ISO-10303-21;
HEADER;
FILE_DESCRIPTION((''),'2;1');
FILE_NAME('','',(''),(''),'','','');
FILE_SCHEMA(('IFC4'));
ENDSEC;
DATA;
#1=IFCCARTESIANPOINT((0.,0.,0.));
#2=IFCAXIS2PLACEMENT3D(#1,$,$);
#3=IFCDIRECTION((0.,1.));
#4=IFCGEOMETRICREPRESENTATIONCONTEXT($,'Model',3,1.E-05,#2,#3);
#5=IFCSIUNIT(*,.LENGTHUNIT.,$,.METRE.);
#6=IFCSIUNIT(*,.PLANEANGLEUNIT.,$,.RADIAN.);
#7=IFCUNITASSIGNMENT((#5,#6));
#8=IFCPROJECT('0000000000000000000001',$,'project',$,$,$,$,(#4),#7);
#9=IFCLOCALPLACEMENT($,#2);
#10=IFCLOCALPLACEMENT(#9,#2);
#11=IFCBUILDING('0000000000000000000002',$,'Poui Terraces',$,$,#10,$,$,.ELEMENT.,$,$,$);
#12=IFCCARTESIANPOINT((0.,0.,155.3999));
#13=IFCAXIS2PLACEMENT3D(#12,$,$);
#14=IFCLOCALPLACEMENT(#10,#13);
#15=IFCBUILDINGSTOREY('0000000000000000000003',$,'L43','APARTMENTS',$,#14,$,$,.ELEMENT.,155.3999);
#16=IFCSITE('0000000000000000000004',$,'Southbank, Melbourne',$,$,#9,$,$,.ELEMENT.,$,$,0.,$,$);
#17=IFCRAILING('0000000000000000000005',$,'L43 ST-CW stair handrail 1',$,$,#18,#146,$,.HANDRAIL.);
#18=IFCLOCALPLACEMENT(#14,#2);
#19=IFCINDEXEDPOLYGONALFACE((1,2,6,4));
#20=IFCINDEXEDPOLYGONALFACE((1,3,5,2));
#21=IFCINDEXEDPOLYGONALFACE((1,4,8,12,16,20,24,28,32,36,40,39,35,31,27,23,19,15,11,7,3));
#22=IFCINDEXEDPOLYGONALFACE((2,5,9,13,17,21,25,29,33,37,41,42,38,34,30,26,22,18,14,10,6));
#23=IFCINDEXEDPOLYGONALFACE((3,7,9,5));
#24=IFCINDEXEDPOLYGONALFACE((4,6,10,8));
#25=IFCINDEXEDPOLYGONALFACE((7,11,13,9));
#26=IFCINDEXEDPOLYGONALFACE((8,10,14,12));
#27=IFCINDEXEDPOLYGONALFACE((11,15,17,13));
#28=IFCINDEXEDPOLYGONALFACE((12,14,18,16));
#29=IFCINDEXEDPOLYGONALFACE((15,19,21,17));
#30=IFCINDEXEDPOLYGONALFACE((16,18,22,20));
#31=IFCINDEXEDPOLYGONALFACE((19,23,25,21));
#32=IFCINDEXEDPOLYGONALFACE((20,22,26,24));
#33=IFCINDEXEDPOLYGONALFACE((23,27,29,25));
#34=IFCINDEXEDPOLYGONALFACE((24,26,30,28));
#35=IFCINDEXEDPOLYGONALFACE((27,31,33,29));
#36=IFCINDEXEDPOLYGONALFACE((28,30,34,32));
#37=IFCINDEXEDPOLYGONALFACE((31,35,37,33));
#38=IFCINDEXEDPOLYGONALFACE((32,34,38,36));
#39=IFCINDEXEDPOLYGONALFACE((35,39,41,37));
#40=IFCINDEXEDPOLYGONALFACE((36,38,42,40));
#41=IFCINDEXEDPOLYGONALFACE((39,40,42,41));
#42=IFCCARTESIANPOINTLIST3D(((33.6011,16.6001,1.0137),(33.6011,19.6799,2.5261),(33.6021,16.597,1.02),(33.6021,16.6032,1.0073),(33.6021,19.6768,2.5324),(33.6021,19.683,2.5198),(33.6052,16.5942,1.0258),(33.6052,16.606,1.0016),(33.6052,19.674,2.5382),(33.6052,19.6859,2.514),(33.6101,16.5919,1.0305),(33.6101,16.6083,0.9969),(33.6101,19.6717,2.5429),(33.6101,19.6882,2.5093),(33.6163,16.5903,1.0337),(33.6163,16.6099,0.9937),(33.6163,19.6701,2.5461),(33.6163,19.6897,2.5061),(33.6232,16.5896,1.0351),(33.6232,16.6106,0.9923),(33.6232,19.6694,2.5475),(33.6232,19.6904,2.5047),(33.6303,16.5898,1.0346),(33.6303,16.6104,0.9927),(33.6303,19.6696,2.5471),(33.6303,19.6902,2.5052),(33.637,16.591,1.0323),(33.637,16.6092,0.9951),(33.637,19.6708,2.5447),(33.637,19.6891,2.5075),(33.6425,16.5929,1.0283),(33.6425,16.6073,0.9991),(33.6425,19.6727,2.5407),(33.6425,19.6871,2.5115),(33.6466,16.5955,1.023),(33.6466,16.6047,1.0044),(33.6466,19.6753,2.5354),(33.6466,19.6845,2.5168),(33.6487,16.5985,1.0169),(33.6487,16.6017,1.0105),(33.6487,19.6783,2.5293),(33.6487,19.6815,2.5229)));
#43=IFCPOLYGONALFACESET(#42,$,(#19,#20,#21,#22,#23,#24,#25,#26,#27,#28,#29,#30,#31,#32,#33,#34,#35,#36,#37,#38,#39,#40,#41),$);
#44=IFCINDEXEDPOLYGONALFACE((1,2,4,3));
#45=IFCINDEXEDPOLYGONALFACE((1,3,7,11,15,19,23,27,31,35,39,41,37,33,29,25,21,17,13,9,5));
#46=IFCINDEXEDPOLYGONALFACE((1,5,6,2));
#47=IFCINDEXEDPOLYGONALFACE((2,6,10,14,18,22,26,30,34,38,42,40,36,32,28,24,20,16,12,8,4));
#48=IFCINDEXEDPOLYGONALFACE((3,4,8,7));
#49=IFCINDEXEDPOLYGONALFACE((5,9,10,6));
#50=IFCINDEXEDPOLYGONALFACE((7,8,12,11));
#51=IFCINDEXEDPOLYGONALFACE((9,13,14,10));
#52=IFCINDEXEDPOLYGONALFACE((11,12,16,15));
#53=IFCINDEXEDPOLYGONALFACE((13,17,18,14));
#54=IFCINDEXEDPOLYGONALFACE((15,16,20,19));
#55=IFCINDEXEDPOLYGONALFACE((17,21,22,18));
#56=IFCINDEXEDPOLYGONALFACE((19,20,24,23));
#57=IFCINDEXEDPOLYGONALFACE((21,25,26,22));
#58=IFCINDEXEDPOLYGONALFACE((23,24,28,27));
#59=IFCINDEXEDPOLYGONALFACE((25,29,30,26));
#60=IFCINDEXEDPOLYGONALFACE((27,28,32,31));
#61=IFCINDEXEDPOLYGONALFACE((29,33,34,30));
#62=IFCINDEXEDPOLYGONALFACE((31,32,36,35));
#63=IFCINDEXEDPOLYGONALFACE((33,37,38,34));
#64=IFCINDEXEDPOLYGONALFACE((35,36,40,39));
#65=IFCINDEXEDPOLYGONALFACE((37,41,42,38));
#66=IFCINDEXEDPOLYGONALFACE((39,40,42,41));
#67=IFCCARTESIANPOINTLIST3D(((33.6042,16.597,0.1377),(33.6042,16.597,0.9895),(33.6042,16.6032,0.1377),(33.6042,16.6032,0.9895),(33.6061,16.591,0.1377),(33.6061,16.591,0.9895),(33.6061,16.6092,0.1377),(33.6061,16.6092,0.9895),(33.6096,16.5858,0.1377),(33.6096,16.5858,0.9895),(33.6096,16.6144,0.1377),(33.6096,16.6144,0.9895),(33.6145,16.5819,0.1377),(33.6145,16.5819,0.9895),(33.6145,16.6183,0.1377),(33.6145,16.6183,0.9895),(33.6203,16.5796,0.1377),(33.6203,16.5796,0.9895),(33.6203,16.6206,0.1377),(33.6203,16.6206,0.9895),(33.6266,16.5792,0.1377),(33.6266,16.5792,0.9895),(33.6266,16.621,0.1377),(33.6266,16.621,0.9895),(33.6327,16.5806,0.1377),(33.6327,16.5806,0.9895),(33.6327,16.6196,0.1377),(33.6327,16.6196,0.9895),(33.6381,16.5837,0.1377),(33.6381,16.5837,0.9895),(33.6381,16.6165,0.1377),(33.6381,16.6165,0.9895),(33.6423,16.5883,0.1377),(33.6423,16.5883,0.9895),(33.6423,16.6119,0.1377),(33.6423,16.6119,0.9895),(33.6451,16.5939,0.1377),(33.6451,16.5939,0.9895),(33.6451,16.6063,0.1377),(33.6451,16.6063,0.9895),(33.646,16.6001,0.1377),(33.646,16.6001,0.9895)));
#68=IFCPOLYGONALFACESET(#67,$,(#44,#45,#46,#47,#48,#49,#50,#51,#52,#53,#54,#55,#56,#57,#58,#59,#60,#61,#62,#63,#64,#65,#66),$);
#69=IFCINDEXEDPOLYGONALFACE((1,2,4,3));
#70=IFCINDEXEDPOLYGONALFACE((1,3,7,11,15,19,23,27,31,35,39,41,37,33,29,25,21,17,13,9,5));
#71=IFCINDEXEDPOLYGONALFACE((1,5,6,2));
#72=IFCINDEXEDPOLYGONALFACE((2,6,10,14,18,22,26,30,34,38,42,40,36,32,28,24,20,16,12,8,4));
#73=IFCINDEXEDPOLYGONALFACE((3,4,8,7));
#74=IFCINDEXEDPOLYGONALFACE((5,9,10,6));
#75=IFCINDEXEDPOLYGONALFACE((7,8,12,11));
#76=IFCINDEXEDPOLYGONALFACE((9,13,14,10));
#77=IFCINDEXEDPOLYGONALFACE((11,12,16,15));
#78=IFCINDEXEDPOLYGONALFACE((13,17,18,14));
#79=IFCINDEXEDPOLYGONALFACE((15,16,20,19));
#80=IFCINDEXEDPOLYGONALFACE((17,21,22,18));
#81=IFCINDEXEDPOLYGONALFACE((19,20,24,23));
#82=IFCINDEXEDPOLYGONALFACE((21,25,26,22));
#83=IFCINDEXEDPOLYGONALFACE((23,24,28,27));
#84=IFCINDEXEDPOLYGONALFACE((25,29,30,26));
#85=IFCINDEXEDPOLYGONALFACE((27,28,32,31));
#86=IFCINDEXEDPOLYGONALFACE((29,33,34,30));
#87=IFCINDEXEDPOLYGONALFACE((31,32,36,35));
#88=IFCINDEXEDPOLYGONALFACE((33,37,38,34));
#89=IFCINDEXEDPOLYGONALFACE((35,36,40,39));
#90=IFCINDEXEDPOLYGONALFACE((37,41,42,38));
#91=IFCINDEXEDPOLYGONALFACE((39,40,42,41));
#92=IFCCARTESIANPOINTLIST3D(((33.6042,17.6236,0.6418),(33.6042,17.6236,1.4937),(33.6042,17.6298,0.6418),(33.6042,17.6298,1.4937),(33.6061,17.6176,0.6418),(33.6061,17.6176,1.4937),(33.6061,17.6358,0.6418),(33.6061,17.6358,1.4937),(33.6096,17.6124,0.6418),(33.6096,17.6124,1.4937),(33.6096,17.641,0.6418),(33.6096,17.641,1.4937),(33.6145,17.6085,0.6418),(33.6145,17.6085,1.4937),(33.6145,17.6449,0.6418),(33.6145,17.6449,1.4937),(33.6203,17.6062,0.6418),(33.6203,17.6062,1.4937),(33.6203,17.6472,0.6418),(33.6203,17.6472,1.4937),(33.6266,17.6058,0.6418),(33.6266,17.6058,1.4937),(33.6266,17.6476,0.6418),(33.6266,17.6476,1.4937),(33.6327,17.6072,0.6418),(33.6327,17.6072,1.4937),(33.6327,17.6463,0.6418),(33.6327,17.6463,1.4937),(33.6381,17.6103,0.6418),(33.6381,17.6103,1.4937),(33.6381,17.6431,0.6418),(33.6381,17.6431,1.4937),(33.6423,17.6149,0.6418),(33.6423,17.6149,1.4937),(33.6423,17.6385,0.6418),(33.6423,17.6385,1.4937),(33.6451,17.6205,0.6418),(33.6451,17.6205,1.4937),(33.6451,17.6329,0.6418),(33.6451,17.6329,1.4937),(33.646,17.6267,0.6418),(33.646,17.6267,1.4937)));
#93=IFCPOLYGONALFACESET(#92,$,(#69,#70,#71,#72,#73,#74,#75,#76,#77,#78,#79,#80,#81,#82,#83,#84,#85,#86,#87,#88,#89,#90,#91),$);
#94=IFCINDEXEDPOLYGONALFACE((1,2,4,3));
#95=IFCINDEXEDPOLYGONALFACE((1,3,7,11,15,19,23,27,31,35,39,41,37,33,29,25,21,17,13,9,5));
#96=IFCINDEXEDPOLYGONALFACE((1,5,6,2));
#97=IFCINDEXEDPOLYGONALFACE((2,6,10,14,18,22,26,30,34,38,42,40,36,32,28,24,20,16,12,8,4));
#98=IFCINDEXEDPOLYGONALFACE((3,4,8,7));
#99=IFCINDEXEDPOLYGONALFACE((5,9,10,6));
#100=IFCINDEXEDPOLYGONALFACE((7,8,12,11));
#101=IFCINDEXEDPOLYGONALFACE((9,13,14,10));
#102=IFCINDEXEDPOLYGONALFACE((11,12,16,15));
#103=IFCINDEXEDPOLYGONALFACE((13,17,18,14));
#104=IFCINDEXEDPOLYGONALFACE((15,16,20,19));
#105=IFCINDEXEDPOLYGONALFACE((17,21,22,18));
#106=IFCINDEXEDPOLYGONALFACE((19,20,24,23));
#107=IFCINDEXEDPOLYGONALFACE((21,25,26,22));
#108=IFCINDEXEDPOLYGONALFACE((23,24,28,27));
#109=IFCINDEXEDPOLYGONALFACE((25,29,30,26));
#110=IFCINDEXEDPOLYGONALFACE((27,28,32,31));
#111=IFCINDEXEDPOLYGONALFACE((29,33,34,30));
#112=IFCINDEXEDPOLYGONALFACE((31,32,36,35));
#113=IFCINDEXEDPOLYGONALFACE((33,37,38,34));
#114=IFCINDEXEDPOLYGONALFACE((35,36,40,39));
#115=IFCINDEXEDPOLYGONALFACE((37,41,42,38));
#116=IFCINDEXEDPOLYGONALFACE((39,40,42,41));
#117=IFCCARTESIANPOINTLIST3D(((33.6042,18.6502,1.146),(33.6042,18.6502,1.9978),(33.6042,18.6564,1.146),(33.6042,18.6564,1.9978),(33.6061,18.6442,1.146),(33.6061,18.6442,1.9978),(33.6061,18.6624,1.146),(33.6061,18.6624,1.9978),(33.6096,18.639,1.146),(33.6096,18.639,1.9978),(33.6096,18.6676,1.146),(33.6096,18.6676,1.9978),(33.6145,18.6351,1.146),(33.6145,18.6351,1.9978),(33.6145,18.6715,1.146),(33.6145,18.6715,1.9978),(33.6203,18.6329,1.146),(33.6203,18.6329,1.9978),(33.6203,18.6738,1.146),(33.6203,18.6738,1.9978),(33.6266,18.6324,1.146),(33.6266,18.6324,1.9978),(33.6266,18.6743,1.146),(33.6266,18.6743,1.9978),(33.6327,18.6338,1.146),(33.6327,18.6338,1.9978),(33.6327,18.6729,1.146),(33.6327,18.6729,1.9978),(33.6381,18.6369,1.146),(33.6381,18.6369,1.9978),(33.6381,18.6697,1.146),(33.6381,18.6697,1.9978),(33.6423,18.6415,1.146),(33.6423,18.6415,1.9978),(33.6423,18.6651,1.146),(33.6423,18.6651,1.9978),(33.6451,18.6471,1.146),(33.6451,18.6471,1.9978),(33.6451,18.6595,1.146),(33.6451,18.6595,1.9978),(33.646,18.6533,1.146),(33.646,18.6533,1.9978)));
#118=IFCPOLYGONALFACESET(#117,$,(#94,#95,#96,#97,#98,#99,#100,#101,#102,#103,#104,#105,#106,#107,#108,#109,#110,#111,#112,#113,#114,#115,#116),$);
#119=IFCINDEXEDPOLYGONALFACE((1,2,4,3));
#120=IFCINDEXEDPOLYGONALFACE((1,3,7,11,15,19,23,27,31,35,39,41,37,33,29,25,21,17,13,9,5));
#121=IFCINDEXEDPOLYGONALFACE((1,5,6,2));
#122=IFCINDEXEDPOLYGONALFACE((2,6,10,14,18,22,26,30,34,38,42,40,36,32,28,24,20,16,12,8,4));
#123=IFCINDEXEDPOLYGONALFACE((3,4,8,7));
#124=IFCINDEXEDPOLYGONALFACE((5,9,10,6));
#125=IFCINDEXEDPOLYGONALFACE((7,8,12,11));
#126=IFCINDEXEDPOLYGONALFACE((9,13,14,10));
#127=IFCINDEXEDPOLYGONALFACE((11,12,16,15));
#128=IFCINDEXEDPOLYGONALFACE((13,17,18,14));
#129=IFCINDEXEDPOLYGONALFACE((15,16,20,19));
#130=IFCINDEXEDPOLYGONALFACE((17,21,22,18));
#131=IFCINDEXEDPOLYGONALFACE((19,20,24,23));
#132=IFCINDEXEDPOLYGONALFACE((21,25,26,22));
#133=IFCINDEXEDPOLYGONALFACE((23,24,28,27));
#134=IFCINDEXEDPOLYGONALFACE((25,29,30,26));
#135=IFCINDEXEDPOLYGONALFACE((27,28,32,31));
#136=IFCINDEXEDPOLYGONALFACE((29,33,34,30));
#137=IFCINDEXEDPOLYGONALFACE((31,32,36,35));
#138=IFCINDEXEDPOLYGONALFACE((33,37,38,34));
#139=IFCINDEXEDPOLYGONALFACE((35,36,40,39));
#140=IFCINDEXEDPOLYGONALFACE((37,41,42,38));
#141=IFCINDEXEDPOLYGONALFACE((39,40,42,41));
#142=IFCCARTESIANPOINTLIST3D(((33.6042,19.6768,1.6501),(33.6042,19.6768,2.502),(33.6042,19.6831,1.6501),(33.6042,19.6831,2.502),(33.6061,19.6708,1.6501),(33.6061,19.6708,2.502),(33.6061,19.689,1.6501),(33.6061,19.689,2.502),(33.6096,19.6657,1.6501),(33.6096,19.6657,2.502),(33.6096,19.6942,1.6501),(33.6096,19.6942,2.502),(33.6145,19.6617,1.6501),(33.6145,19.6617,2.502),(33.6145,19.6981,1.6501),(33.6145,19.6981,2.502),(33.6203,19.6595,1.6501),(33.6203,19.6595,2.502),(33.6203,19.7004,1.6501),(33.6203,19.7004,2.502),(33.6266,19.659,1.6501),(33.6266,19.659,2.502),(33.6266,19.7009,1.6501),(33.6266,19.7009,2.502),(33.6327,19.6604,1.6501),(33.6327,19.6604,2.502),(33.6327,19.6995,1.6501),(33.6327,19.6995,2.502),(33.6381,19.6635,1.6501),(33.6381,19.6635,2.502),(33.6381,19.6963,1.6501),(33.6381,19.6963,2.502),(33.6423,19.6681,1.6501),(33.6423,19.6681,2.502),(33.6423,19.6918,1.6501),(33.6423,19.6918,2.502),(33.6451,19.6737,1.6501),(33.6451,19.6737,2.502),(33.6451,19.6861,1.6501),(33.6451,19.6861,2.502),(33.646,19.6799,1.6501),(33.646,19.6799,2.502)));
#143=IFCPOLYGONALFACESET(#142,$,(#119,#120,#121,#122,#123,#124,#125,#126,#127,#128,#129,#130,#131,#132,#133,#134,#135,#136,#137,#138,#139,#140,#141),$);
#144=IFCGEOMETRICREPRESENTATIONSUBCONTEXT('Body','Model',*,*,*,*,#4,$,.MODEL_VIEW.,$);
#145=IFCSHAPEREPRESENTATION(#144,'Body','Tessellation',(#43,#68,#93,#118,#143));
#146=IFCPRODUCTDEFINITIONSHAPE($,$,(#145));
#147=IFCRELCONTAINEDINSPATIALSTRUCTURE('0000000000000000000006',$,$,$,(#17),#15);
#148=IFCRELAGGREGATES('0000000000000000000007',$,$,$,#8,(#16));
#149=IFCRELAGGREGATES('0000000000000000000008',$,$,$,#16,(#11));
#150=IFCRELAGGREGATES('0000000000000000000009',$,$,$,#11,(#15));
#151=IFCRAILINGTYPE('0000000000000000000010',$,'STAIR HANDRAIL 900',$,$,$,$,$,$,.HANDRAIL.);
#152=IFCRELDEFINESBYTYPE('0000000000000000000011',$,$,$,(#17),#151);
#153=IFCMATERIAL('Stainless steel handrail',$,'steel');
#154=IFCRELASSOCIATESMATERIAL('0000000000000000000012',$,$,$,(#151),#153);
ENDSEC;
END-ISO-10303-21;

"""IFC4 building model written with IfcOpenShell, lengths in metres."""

from ifc_helpers import new_model, si_unit, direction, frame, origin, origin_2d, place, context, subcontext, project, spatial, circle, extrude, material, type_object, element, save


model = new_model("IFC4")

# Units and contexts
model_context = context("Model", 3, precision=1e-05, world=origin(), true_north=direction((0.0, 1.0)))
body_context = subcontext(model_context, "Body", "Model", "MODEL_VIEW")
ifc_project = project(units=[si_unit("LENGTHUNIT", "METRE"), si_unit("PLANEANGLEUNIT", "RADIAN")], contexts=[model_context])

# Site, building, storey
site_placement = place(None, origin())
site = spatial("IfcSite", under=ifc_project, at=site_placement, Name="Southbank, Melbourne", CompositionType="ELEMENT", RefElevation=0.0)
building_placement = place(site_placement, origin())
building = spatial("IfcBuilding", under=site, at=building_placement, Name="Poui Terraces", CompositionType="ELEMENT")
storey_placement = place(building_placement, frame((0.0, 0.0, 155.3999)))
storey = spatial("IfcBuildingStorey", under=building, at=storey_placement, Name="L43", Description="APARTMENTS", CompositionType="ELEMENT", Elevation=155.3999)

# Railing
ifc_material_1 = material(Name="Stainless steel handrail", Category="steel")
railing_type_1 = type_object("IfcRailingType", Name="STAIR HANDRAIL 900", PredefinedType="HANDRAIL", material=ifc_material_1)
railing_1_placement = place(storey_placement, frame((33.625, 16.6001, 0.1377)))
element("IfcRailing", 1, at=railing_1_placement, inside=storey, type_object=railing_type_1, Name="L43 ST-CW stair handrail 1", PredefinedType="HANDRAIL", context=body_context, shape_type="SweptSolid", body=[
    extrude(circle(Radius=0.0239, at=origin_2d()), frame((0.0, 0.0, 0.876), z_axis=(0.0, 0.897606, 0.440798), x_axis=(-1.0, 0.0, 0.0)), (0.0, 0.0, 1.0), 3.4312),
    extrude(circle(Radius=0.021, at=origin_2d()), origin(), (0.0, 0.0, 1.0), 0.8518),
    extrude(circle(Radius=0.021, at=origin_2d()), frame((0.0, 1.0266, 0.5042)), (0.0, 0.0, 1.0), 0.8518),
    extrude(circle(Radius=0.021, at=origin_2d()), frame((0.0, 2.0532, 1.0083)), (0.0, 0.0, 1.0), 0.8518),
    extrude(circle(Radius=0.021, at=origin_2d()), frame((0.0, 3.0798, 1.5125)), (0.0, 0.0, 1.0), 0.8518),
])

save(model, "model.ifc")
